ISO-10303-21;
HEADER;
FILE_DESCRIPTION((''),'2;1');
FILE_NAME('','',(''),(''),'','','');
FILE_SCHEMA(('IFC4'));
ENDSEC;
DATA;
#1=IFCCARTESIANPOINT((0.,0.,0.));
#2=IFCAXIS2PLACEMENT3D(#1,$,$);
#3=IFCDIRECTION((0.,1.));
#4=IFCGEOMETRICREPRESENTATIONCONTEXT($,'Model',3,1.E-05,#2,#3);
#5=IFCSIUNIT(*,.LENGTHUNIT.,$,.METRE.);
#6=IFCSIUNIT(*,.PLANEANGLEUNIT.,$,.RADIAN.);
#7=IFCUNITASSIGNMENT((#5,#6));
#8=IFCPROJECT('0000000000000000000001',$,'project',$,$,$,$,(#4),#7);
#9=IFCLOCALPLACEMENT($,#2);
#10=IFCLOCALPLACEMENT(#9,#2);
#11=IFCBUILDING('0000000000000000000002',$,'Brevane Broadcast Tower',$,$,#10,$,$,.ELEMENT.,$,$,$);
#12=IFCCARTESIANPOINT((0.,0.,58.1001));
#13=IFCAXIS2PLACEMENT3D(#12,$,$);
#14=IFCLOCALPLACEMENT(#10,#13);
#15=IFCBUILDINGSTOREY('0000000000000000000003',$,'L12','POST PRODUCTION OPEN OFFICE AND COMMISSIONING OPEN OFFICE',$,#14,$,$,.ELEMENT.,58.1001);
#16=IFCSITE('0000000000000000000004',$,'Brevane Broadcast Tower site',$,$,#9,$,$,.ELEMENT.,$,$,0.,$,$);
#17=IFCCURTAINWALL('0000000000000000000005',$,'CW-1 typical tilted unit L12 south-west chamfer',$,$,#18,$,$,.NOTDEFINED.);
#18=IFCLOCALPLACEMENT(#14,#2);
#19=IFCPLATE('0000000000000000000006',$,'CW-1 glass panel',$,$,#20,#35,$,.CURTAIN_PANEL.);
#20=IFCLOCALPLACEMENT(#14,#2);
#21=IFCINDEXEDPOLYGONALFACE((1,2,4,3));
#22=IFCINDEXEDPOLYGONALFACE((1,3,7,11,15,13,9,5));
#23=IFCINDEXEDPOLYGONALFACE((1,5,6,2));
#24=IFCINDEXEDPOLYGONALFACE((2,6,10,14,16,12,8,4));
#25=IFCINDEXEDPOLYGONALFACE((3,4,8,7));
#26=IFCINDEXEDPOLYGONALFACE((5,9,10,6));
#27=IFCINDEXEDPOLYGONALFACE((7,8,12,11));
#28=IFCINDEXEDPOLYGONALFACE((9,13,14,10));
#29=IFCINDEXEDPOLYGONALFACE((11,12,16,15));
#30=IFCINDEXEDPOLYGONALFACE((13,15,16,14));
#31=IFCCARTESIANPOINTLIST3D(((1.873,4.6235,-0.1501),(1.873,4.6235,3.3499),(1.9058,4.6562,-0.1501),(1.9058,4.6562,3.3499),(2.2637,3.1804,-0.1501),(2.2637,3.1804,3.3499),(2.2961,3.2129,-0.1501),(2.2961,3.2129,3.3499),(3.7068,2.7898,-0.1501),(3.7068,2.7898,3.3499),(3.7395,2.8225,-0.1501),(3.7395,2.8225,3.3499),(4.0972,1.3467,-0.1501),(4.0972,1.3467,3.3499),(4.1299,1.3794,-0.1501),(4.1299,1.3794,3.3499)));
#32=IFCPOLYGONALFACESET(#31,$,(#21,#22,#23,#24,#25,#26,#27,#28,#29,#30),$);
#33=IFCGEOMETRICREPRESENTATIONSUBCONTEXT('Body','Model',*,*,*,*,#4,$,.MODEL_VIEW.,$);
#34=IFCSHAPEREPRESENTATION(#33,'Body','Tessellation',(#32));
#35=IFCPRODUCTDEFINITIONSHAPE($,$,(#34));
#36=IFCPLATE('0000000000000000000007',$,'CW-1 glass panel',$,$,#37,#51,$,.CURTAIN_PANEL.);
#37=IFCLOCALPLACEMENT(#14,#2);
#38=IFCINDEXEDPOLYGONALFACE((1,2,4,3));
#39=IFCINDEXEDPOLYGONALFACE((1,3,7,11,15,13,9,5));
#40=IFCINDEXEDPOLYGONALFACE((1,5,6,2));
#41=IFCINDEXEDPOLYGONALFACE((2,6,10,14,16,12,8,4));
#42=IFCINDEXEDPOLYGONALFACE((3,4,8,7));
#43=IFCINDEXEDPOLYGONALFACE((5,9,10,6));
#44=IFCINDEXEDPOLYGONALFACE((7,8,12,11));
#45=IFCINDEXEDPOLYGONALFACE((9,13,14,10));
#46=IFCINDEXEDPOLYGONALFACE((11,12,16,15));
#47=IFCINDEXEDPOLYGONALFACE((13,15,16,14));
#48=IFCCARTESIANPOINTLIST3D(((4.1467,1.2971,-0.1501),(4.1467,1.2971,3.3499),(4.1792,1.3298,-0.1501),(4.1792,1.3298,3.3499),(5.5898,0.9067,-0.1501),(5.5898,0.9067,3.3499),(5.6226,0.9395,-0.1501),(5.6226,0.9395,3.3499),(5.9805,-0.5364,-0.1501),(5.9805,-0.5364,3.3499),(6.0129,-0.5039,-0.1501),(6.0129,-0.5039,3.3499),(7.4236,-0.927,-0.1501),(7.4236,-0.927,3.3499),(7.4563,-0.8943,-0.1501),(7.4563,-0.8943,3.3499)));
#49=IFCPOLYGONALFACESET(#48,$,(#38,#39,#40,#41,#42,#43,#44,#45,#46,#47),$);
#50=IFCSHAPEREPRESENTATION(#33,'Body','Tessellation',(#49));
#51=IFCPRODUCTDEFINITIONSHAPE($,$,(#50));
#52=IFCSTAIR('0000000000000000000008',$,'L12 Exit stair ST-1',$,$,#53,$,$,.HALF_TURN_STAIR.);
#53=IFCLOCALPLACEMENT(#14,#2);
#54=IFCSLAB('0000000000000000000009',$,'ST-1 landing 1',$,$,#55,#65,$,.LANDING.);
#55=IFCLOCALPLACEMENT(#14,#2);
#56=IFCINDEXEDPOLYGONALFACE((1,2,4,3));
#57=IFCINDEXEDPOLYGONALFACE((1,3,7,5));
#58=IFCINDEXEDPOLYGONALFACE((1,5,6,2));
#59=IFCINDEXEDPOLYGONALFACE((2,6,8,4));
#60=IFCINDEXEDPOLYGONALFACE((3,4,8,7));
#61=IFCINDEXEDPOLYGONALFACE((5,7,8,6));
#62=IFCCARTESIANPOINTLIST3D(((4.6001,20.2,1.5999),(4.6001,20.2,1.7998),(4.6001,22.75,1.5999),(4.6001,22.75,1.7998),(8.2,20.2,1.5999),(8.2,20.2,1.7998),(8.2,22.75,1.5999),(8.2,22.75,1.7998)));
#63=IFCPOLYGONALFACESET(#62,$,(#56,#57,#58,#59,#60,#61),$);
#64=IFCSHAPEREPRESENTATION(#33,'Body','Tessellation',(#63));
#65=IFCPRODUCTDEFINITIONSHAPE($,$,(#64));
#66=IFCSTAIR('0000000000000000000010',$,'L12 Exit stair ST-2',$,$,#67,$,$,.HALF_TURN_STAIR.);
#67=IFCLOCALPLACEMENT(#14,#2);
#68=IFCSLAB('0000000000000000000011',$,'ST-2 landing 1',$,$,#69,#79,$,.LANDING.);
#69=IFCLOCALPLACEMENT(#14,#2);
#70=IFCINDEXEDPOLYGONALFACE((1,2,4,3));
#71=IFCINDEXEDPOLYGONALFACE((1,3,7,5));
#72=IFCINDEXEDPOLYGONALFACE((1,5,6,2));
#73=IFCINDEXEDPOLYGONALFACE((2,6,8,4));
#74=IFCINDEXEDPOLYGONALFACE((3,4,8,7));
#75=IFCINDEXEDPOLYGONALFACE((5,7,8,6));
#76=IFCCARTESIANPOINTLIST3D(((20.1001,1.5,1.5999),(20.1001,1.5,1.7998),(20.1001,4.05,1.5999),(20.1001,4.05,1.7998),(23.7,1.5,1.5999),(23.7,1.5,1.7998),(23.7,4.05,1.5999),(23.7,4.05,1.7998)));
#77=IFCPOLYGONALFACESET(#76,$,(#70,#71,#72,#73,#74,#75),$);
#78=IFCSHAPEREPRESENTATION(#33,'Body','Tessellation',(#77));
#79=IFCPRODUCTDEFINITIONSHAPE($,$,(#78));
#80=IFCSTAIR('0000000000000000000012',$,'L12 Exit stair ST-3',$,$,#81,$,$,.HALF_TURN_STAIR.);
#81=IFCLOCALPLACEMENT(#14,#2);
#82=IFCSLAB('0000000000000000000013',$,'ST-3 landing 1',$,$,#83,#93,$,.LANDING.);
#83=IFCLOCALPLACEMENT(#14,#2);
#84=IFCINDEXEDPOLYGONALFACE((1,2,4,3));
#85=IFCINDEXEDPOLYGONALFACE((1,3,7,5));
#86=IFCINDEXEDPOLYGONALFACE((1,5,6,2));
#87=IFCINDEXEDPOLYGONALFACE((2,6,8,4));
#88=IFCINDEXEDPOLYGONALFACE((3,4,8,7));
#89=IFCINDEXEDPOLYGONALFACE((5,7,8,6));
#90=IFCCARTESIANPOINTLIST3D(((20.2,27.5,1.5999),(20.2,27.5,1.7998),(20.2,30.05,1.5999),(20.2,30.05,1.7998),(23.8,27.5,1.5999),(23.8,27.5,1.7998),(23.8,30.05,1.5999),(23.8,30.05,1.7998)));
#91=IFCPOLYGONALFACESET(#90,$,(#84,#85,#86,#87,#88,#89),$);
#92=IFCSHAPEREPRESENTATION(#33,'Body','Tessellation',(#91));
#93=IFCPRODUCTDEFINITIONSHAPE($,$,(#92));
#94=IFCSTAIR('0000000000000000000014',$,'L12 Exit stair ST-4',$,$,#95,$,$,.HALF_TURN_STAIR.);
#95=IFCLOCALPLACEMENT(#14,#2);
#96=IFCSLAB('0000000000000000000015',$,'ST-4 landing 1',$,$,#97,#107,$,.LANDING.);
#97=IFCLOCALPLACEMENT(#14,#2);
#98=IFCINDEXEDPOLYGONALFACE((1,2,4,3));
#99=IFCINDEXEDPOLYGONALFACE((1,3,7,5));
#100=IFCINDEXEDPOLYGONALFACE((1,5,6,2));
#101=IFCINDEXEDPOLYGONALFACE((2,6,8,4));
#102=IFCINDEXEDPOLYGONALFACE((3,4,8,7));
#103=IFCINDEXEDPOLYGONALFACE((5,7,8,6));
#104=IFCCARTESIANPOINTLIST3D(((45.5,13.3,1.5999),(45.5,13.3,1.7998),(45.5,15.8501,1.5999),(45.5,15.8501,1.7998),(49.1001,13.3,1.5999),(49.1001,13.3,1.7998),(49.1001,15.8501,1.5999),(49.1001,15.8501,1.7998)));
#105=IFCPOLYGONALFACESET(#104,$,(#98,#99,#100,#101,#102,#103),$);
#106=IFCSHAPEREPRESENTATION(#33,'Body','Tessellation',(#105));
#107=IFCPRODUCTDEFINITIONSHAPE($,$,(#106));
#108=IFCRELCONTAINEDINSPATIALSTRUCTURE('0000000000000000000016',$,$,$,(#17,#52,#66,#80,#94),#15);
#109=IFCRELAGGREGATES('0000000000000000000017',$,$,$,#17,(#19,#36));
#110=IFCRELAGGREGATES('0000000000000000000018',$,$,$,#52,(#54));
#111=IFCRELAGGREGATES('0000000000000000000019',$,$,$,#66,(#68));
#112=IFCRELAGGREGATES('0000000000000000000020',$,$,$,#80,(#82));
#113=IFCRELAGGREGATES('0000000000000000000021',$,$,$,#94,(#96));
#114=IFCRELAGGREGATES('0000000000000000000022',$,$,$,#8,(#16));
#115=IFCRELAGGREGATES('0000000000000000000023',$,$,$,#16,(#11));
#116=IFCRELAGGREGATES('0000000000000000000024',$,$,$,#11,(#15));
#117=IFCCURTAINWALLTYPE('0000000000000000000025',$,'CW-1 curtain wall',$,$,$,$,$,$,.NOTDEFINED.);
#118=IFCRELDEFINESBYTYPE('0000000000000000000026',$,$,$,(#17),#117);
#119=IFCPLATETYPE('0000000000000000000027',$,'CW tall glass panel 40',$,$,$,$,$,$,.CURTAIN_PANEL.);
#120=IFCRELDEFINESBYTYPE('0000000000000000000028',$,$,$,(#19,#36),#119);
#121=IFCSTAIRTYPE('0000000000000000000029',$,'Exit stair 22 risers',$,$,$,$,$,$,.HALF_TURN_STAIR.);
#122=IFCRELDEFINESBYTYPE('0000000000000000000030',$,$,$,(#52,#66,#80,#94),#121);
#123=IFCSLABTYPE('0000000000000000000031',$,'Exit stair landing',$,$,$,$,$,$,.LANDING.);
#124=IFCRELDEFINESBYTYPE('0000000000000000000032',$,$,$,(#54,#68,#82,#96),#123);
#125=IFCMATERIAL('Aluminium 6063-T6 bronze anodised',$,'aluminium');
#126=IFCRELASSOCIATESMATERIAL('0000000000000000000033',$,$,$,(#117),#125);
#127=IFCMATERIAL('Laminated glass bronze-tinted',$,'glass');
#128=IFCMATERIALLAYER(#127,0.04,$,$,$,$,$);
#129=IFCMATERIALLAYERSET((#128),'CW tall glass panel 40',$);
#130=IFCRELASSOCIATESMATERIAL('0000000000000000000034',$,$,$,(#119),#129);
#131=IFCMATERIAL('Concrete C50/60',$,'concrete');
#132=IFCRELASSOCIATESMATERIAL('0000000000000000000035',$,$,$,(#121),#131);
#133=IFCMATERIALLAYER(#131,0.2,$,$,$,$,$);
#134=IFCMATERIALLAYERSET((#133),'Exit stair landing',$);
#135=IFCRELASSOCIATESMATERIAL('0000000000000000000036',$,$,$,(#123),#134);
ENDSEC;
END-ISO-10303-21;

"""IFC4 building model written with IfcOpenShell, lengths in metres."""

from ifc_helpers import new_model, si_unit, direction, frame, origin, place, context, subcontext, project, spatial, polyline, outline, extrude, material, layer, layer_set, type_object, element, aggregate, save


model = new_model("IFC4")

# Units and contexts
model_context = context("Model", 3, precision=1e-05, world=origin(), true_north=direction((0.0, 1.0)))
body_context = subcontext(model_context, "Body", "Model", "MODEL_VIEW")
ifc_project = project(units=[si_unit("LENGTHUNIT", "METRE"), si_unit("PLANEANGLEUNIT", "RADIAN")], contexts=[model_context])

# Site, building, storey
site_placement = place(None, origin())
site = spatial("IfcSite", under=ifc_project, at=site_placement, Name="Brevane Broadcast Tower site", CompositionType="ELEMENT", RefElevation=0.0)
building_placement = place(site_placement, origin())
building = spatial("IfcBuilding", under=site, at=building_placement, Name="Brevane Broadcast Tower", CompositionType="ELEMENT")
storey_placement = place(building_placement, frame((0.0, 0.0, 58.1001)))
storey = spatial("IfcBuildingStorey", under=building, at=storey_placement, Name="L12", Description="POST PRODUCTION OPEN OFFICE AND COMMISSIONING OPEN OFFICE", CompositionType="ELEMENT", Elevation=58.1001)

# Curtain wall, plates
ifc_material_1 = material(Name="Aluminium 6063-T6 bronze anodised", Category="aluminium")
curtain_wall_type = type_object("IfcCurtainWallType", Name="CW-1 curtain wall", PredefinedType="NOTDEFINED", material=ifc_material_1)
ifc_material_2 = material(Name="Laminated glass bronze-tinted", Category="glass")
ifc_layer_1 = layer(ifc_material_2, 0.04)
ifc_layer_set_1 = layer_set([ifc_layer_1], Name="CW tall glass panel 40")
plate_type = type_object("IfcPlateType", Name="CW tall glass panel 40", PredefinedType="CURTAIN_PANEL", material=ifc_layer_set_1)
curtain_wall_1_placement = place(storey_placement, origin())
curtain_wall_1 = element("IfcCurtainWall", 1, at=curtain_wall_1_placement, inside=storey, type_object=curtain_wall_type, Name="CW-1 typical tilted unit L12 south-west chamfer", PredefinedType="NOTDEFINED")
plate_1_placement = place(storey_placement, frame((0.0, 0.0, -0.1501)))
plate_1 = element("IfcPlate", 2, at=plate_1_placement, type_object=plate_type, Name="CW-1 glass panel", PredefinedType="CURTAIN_PANEL", context=body_context, shape_type="SweptSolid", body=[
    extrude(outline(polyline([(1.9058, 4.6562), (1.873, 4.6235), (2.2637, 3.1804), (3.7068, 2.7898), (4.0972, 1.3467), (4.1299, 1.3794), (3.7395, 2.8225), (2.2961, 3.2129), (1.9058, 4.6562)])), origin(), (0.0, 0.0, 1.0), 3.5),
])
plate_2_placement = place(storey_placement, frame((0.0, 0.0, -0.1501)))
plate_2 = element("IfcPlate", 3, at=plate_2_placement, type_object=plate_type, Name="CW-1 glass panel", PredefinedType="CURTAIN_PANEL", context=body_context, shape_type="SweptSolid", body=[
    extrude(outline(polyline([(4.1792, 1.3298), (4.1467, 1.2971), (5.5898, 0.9067), (5.9805, -0.5364), (7.4236, -0.927), (7.4563, -0.8943), (6.0129, -0.5039), (5.6226, 0.9395), (4.1792, 1.3298)])), origin(), (0.0, 0.0, 1.0), 3.5),
])
aggregate(curtain_wall_1, [plate_1, plate_2])

# Stairs, slabs
ifc_material_3 = material(Name="Concrete C50/60", Category="concrete")
stair_type = type_object("IfcStairType", Name="Exit stair 22 risers", PredefinedType="HALF_TURN_STAIR", material=ifc_material_3)
stair_1_placement = place(storey_placement, origin())
stair_1 = element("IfcStair", 4, at=stair_1_placement, inside=storey, type_object=stair_type, Name="L12 Exit stair ST-1", PredefinedType="HALF_TURN_STAIR")
ifc_layer_2 = layer(ifc_material_3, 0.2)
ifc_layer_set_2 = layer_set([ifc_layer_2], Name="Exit stair landing")
slab_type_1 = type_object("IfcSlabType", Name="Exit stair landing", PredefinedType="LANDING", material=ifc_layer_set_2)
slab_1_placement = place(storey_placement, frame((0.0, 0.0, 1.5999)))
slab_1 = element("IfcSlab", 5, at=slab_1_placement, type_object=slab_type_1, Name="ST-1 landing 1", PredefinedType="LANDING", context=body_context, shape_type="SweptSolid", body=[
    extrude(outline(polyline([(4.6001, 20.2), (8.2, 20.2), (8.2, 22.75), (4.6001, 22.75), (4.6001, 20.2)])), origin(), (0.0, 0.0, 1.0), 0.2),
])
aggregate(stair_1, [slab_1])
stair_2_placement = place(storey_placement, origin())
stair_2 = element("IfcStair", 6, at=stair_2_placement, inside=storey, type_object=stair_type, Name="L12 Exit stair ST-2", PredefinedType="HALF_TURN_STAIR")
slab_2_placement = place(storey_placement, frame((0.0, 0.0, 1.5999)))
slab_2 = element("IfcSlab", 7, at=slab_2_placement, type_object=slab_type_1, Name="ST-2 landing 1", PredefinedType="LANDING", context=body_context, shape_type="SweptSolid", body=[
    extrude(outline(polyline([(20.1001, 1.5), (23.7, 1.5), (23.7, 4.05), (20.1001, 4.05), (20.1001, 1.5)])), origin(), (0.0, 0.0, 1.0), 0.2),
])
aggregate(stair_2, [slab_2])
stair_3_placement = place(storey_placement, origin())
stair_3 = element("IfcStair", 8, at=stair_3_placement, inside=storey, type_object=stair_type, Name="L12 Exit stair ST-3", PredefinedType="HALF_TURN_STAIR")
slab_3_placement = place(storey_placement, frame((0.0, 0.0, 1.5999)))
slab_3 = element("IfcSlab", 9, at=slab_3_placement, type_object=slab_type_1, Name="ST-3 landing 1", PredefinedType="LANDING", context=body_context, shape_type="SweptSolid", body=[
    extrude(outline(polyline([(20.2, 27.5), (23.8, 27.5), (23.8, 30.05), (20.2, 30.05), (20.2, 27.5)])), origin(), (0.0, 0.0, 1.0), 0.2),
])
aggregate(stair_3, [slab_3])
stair_4_placement = place(storey_placement, origin())
stair_4 = element("IfcStair", 10, at=stair_4_placement, inside=storey, type_object=stair_type, Name="L12 Exit stair ST-4", PredefinedType="HALF_TURN_STAIR")
slab_4_placement = place(storey_placement, frame((0.0, 0.0, 1.5999)))
slab_4 = element("IfcSlab", 11, at=slab_4_placement, type_object=slab_type_1, Name="ST-4 landing 1", PredefinedType="LANDING", context=body_context, shape_type="SweptSolid", body=[
    extrude(outline(polyline([(45.5, 13.3), (49.1001, 13.3), (49.1001, 15.8501), (45.5, 15.8501), (45.5, 13.3)])), origin(), (0.0, 0.0, 1.0), 0.2),
])
aggregate(stair_4, [slab_4])

save(model, "model.ifc")
